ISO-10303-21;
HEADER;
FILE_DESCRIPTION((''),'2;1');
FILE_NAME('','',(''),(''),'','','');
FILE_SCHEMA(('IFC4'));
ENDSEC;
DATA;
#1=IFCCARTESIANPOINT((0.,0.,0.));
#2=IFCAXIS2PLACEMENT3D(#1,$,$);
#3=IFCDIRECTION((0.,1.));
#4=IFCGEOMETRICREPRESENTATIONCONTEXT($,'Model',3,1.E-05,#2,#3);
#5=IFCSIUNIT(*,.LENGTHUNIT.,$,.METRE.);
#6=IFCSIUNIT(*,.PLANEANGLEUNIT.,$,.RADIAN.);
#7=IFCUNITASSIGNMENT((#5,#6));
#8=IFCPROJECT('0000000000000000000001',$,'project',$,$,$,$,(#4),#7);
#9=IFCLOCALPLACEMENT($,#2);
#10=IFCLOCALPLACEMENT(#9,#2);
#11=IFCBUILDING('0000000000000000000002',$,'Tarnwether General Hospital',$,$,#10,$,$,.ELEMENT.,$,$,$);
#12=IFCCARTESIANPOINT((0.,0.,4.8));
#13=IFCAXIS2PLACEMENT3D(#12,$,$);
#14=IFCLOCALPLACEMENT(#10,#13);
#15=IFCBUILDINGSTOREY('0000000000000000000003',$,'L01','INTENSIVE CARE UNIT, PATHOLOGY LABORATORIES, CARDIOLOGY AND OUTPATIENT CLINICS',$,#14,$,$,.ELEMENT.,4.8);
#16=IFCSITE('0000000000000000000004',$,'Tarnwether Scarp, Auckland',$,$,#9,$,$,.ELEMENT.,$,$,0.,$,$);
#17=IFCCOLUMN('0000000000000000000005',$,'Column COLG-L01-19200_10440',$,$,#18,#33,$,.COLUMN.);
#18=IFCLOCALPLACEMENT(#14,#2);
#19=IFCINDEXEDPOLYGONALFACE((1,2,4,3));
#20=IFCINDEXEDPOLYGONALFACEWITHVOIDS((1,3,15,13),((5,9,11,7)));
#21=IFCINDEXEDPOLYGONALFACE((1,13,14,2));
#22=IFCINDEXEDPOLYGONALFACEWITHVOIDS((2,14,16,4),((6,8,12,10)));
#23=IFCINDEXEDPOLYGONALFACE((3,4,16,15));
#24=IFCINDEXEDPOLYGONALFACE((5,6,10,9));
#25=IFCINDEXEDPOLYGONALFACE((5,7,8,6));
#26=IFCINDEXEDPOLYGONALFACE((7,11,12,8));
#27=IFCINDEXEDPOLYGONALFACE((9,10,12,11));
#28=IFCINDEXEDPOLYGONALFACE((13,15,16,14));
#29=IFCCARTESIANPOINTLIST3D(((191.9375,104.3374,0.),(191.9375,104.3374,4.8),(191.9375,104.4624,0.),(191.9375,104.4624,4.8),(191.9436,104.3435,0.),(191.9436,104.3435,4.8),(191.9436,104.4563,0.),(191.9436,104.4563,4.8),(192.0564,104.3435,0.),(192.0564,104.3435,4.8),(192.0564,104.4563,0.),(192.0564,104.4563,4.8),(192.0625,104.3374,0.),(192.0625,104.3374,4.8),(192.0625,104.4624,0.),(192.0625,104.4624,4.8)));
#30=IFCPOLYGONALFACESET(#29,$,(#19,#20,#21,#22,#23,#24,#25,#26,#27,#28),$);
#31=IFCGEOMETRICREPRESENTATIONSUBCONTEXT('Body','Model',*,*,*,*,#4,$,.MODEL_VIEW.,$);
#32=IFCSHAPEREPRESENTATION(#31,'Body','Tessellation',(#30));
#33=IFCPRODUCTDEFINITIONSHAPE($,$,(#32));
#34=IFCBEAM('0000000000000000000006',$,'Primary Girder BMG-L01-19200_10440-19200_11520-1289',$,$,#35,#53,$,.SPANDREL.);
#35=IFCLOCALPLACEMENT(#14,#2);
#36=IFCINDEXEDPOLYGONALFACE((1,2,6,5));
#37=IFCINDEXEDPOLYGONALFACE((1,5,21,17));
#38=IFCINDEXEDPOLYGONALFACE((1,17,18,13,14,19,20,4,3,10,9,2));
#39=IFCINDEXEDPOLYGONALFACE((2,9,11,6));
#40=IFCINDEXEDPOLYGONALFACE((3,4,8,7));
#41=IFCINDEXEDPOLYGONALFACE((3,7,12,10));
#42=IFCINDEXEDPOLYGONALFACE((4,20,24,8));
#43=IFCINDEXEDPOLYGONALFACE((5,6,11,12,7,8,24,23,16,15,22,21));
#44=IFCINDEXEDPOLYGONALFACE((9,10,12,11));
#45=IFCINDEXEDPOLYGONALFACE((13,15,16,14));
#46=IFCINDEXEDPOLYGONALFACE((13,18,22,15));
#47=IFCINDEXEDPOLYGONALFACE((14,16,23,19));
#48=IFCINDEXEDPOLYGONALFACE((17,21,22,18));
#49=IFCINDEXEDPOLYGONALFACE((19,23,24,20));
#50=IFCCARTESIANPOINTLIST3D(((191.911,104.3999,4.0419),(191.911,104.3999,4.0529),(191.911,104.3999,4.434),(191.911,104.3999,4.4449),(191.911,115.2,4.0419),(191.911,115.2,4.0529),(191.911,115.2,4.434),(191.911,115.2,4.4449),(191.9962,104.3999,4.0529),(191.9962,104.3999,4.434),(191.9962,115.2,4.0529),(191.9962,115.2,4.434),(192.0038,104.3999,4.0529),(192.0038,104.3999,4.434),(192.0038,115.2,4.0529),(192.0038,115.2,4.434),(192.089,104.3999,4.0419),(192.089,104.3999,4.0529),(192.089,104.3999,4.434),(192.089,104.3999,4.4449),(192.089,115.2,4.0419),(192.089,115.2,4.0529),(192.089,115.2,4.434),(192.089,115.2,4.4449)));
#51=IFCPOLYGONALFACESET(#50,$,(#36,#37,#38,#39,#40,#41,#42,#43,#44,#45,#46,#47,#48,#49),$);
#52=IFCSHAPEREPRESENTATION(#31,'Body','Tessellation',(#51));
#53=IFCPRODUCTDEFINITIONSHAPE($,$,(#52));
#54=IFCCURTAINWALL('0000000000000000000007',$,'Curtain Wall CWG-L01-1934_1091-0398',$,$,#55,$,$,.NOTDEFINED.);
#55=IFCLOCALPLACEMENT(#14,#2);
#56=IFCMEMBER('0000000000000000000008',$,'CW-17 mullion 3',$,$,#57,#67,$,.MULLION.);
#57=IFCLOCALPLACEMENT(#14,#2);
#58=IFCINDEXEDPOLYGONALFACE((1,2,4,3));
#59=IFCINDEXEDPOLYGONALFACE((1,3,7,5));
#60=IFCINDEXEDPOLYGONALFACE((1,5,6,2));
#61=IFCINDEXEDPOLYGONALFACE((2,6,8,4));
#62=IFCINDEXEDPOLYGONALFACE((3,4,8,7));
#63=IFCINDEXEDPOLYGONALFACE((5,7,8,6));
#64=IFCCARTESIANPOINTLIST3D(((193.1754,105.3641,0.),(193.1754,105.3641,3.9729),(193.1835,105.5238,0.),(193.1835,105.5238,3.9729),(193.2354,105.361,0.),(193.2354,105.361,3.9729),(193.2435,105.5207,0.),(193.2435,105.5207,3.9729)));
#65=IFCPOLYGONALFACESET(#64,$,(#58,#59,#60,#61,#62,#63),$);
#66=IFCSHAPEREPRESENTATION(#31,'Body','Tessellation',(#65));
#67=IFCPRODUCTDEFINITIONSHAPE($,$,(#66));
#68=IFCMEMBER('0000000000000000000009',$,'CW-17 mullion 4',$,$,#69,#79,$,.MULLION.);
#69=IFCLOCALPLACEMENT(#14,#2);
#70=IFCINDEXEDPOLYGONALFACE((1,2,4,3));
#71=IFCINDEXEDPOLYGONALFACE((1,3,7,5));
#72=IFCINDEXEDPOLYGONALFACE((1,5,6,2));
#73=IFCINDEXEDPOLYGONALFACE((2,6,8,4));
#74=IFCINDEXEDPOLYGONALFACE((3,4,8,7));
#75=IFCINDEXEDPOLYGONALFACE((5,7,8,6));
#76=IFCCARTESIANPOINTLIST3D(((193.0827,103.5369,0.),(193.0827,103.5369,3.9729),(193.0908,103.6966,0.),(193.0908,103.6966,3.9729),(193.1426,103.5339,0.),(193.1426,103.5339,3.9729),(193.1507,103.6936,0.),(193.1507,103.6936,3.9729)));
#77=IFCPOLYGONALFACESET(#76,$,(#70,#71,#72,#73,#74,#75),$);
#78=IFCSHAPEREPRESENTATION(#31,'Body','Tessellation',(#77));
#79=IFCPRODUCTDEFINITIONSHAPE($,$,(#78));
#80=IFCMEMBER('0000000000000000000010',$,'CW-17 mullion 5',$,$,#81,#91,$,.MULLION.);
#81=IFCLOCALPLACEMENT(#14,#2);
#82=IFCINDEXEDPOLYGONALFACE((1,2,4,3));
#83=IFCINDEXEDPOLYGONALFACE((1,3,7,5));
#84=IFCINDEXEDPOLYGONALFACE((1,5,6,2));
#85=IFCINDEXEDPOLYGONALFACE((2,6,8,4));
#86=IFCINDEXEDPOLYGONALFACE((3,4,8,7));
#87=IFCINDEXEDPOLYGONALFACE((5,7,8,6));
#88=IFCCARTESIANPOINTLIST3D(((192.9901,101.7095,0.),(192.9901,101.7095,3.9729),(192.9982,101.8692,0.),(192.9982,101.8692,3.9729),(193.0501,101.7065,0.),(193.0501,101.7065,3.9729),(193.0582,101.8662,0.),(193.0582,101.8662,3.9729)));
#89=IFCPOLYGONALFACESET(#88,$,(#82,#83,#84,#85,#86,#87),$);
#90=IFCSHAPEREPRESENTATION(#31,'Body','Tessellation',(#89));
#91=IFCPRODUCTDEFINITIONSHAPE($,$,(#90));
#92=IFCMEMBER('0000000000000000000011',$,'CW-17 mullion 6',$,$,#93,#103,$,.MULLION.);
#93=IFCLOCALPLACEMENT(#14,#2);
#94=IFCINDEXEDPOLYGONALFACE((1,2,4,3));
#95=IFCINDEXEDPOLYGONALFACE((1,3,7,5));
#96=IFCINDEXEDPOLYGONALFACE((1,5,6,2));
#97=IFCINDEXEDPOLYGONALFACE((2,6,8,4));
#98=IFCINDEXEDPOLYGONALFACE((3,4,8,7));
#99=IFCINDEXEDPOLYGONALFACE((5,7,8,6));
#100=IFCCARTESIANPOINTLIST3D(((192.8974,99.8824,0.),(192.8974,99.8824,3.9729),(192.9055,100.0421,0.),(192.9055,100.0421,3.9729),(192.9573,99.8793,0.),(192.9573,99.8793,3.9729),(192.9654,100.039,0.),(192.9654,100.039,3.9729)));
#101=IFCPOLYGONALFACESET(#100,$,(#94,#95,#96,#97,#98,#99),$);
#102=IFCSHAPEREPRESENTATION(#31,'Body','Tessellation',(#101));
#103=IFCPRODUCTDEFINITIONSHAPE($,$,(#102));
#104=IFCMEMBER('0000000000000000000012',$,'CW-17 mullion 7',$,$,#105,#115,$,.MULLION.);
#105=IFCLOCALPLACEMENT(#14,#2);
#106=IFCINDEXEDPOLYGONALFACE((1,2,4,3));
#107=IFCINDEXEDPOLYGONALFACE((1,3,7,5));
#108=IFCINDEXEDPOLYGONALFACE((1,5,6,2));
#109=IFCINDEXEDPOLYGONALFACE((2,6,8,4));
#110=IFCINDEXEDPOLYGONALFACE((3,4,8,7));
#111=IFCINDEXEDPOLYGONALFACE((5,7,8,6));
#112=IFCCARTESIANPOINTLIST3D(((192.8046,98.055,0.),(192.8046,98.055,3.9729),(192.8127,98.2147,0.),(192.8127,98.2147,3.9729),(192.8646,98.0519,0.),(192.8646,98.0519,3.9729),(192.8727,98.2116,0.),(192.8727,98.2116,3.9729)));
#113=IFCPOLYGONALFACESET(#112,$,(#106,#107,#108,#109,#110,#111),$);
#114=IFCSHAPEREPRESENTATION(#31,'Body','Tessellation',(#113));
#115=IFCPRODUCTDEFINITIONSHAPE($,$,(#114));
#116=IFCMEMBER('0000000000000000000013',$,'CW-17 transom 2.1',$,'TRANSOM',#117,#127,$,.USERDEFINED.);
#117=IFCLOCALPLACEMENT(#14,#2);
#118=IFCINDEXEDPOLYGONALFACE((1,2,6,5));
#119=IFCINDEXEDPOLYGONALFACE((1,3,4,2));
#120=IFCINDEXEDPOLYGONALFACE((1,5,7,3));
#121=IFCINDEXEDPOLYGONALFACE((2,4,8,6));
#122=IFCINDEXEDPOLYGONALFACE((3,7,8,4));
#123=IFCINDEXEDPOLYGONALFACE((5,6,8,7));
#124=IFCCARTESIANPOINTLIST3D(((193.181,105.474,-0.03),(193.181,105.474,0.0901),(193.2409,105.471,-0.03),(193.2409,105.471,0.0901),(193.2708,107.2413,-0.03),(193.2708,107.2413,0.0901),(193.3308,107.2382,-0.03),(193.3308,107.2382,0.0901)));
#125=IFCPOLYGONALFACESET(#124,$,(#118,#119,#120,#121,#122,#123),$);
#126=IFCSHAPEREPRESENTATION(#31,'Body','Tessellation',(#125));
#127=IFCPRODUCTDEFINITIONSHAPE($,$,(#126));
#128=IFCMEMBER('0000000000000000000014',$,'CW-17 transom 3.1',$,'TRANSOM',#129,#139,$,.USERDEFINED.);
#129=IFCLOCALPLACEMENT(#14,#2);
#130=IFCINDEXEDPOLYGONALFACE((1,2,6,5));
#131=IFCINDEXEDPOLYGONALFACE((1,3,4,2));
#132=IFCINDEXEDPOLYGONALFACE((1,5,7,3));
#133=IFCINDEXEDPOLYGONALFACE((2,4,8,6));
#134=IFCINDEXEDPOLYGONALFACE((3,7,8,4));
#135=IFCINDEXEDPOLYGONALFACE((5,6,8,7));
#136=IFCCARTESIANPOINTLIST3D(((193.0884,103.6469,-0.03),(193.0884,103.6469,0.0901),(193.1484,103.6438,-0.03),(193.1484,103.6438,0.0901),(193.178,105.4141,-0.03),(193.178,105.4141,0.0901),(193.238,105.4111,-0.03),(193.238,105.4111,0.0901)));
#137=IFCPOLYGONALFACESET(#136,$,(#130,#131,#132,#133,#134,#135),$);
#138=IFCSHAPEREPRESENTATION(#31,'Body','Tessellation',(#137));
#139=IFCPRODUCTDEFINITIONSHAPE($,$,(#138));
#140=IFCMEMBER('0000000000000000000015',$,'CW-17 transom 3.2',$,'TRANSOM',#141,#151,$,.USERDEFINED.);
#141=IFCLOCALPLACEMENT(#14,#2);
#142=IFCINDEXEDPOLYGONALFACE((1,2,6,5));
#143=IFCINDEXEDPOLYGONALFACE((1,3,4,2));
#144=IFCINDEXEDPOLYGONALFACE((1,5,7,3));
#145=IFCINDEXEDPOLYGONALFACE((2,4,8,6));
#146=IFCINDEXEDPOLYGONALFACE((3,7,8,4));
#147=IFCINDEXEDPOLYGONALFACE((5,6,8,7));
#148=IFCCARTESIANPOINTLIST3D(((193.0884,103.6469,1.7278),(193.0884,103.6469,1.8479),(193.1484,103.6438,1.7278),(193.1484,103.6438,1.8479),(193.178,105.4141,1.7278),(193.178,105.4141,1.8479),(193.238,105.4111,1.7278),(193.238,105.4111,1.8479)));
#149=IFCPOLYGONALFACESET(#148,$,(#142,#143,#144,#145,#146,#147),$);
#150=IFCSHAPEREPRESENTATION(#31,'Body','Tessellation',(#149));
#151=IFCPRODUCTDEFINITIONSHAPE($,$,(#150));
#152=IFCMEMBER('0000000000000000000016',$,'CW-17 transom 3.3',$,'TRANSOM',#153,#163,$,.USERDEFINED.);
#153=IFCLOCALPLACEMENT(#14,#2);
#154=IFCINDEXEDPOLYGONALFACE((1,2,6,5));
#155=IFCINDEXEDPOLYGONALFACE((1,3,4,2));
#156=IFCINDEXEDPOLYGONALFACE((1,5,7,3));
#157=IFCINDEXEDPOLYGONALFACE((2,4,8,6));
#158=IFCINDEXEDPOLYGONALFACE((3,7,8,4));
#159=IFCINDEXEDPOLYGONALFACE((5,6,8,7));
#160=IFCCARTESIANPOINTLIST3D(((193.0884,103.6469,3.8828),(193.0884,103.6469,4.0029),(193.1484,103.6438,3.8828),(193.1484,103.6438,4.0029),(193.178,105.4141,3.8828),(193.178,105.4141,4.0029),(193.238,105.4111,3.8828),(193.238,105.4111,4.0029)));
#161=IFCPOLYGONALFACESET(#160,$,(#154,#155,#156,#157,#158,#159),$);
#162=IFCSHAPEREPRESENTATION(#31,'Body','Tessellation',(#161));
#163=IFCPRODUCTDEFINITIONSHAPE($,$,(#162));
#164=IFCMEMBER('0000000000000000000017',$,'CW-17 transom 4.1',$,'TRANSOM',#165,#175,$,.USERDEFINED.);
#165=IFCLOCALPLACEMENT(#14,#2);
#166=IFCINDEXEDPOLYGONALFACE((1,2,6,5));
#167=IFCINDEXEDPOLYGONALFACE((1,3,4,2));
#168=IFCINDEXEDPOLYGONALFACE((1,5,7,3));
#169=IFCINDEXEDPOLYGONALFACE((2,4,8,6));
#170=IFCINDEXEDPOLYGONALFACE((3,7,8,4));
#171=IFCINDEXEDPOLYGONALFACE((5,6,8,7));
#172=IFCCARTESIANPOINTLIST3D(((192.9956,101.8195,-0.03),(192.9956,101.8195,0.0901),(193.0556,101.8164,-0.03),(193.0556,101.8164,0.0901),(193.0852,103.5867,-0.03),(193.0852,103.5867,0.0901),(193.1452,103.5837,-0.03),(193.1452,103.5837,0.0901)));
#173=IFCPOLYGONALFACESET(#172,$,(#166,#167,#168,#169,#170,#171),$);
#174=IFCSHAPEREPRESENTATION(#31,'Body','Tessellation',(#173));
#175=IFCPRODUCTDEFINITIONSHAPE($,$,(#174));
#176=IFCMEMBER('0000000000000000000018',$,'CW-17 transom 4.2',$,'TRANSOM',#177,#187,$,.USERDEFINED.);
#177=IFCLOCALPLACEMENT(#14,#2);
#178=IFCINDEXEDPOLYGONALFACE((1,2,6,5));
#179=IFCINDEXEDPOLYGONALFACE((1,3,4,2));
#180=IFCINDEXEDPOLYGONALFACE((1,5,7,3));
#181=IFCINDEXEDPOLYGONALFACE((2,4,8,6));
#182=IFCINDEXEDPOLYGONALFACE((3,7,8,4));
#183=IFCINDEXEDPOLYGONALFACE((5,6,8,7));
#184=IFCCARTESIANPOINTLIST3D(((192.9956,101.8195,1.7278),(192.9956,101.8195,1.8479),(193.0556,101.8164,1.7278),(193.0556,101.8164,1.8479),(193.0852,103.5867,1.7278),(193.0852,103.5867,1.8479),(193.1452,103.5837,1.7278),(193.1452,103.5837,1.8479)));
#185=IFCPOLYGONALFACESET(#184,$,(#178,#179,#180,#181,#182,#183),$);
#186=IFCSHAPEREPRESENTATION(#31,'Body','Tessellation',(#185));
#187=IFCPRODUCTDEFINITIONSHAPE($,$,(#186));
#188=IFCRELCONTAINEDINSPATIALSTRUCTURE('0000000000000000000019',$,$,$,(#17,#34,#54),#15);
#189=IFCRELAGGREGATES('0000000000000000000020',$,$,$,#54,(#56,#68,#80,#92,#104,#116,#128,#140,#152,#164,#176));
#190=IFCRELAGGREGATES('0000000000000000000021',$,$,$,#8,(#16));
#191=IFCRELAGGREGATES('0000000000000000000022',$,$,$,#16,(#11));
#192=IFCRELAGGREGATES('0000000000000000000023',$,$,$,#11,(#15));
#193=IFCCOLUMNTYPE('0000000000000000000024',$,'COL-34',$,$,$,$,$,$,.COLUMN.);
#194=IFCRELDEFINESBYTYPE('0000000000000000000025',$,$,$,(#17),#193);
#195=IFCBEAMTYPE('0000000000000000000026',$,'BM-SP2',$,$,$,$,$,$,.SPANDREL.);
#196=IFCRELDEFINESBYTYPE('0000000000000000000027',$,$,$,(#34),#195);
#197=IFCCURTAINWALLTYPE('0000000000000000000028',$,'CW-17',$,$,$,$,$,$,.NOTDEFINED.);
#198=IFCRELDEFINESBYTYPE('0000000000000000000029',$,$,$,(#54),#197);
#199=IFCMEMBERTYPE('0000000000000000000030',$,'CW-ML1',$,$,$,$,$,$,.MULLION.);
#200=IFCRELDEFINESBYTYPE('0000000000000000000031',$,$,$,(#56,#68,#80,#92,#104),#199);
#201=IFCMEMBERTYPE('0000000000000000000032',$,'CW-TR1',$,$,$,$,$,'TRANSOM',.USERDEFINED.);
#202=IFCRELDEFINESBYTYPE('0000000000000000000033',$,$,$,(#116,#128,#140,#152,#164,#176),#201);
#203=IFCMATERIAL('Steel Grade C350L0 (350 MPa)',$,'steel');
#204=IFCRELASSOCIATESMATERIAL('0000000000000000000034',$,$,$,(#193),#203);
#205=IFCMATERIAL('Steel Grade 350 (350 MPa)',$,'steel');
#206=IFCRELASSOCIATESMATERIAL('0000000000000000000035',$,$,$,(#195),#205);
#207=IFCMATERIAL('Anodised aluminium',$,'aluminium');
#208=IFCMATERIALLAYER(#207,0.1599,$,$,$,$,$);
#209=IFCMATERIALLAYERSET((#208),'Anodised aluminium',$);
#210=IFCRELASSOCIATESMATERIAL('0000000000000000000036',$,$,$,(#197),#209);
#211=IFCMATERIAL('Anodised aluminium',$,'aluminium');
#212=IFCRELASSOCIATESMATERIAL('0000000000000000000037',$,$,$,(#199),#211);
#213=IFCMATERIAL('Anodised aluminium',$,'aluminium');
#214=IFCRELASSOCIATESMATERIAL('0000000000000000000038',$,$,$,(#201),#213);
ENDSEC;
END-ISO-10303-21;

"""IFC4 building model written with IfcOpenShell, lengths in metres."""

from ifc_helpers import new_model, si_unit, direction, frame, origin, origin_2d, place, context, subcontext, project, spatial, rectangle, hollow_rectangle, i_section, extrude, material, layer, layer_set, material_profile, profile_set, type_object, element, aggregate, save


model = new_model("IFC4")

# Units and contexts
model_context = context("Model", 3, precision=1e-05, world=origin(), true_north=direction((0.0, 1.0)))
body_context = subcontext(model_context, "Body", "Model", "MODEL_VIEW")
ifc_project = project(units=[si_unit("LENGTHUNIT", "METRE"), si_unit("PLANEANGLEUNIT", "RADIAN")], contexts=[model_context])

# Site, building, storey
site_placement = place(None, origin())
site = spatial("IfcSite", under=ifc_project, at=site_placement, Name="Tarnwether Scarp, Auckland", CompositionType="ELEMENT", RefElevation=0.0)
building_placement = place(site_placement, origin())
building = spatial("IfcBuilding", under=site, at=building_placement, Name="Tarnwether General Hospital", CompositionType="ELEMENT")
storey_placement = place(building_placement, frame((0.0, 0.0, 4.8)))
storey = spatial("IfcBuildingStorey", under=building, at=storey_placement, Name="L01", Description="INTENSIVE CARE UNIT, PATHOLOGY LABORATORIES, CARDIOLOGY AND OUTPATIENT CLINICS", CompositionType="ELEMENT", Elevation=4.8)

# Column
ifc_material_1 = material(Name="Steel Grade C350L0 (350 MPa)", Category="steel")
ifc_material_profile_1 = material_profile(ifc_material_1, hollow_rectangle(XDim=0.125, YDim=0.125, WallThickness=0.0061, at=origin_2d()), Name="SHS125x125x6")
ifc_profile_set_1 = profile_set([ifc_material_profile_1], Name="Steel Grade C350L0 (350 MPa)")
column_type = type_object("IfcColumnType", Name="COL-34", PredefinedType="COLUMN", material=ifc_profile_set_1)
column_placement = place(storey_placement, frame((192.0, 104.3999, 0.0), z_axis=(0.0, 0.0, 1.0), x_axis=(1.0, 0.0, 0.0)))
element("IfcColumn", 1, at=column_placement, inside=storey, type_object=column_type, Name="Column COLG-L01-19200_10440", PredefinedType="COLUMN", context=body_context, shape_type="SweptSolid", body=[
    extrude(hollow_rectangle(XDim=0.125, YDim=0.125, WallThickness=0.0061, at=origin_2d()), origin(), (0.0, 0.0, 1.0), 4.8),
])

# Beam
ifc_material_2 = material(Name="Steel Grade 350 (350 MPa)", Category="steel")
ifc_material_profile_2 = material_profile(ifc_material_2, i_section(OverallWidth=0.178, OverallDepth=0.4031, WebThickness=0.0076, FlangeThickness=0.011, at=origin_2d()), Name="410UB53.7")
ifc_profile_set_2 = profile_set([ifc_material_profile_2], Name="Steel Grade 350 (350 MPa)")
beam_type = type_object("IfcBeamType", Name="BM-SP2", PredefinedType="SPANDREL", material=ifc_profile_set_2)
beam_placement = place(storey_placement, frame((192.0, 104.3999, 4.2434), z_axis=(0.0, 1.0, 0.0), x_axis=(-1.0, 0.0, 0.0)))
element("IfcBeam", 2, at=beam_placement, inside=storey, type_object=beam_type, Name="Primary Girder BMG-L01-19200_10440-19200_11520-1289", PredefinedType="SPANDREL", context=body_context, shape_type="SweptSolid", body=[
    extrude(i_section(OverallWidth=0.178, OverallDepth=0.4031, WebThickness=0.0076, FlangeThickness=0.011, at=origin_2d()), origin(), (0.0, 0.0, 1.0), 10.8),
])

# Curtain wall, members
ifc_material_3 = material(Name="Anodised aluminium", Category="aluminium")
ifc_layer_1 = layer(ifc_material_3, 0.1599)
ifc_layer_set_1 = layer_set([ifc_layer_1], Name="Anodised aluminium")
curtain_wall_type = type_object("IfcCurtainWallType", Name="CW-17", PredefinedType="NOTDEFINED", material=ifc_layer_set_1)
curtain_wall_placement = place(storey_placement, origin())
curtain_wall = element("IfcCurtainWall", 3, at=curtain_wall_placement, inside=storey, type_object=curtain_wall_type, Name="Curtain Wall CWG-L01-1934_1091-0398", PredefinedType="NOTDEFINED")
ifc_material_4 = material(Name="Anodised aluminium", Category="aluminium")
ifc_material_profile_3 = material_profile(ifc_material_4, rectangle(XDim=0.0601, YDim=0.1599, at=origin_2d()), Name="ALU-MUL-60x160")
ifc_profile_set_3 = profile_set([ifc_material_profile_3], Name="Anodised aluminium")
member_type_1 = type_object("IfcMemberType", Name="CW-ML1", PredefinedType="MULLION", material=ifc_profile_set_3)
member_1_placement = place(storey_placement, frame((193.2095, 105.4424, 0.0), z_axis=(0.0, 0.0, 1.0), x_axis=(0.998715, -0.050685, 0.0)))
member_1 = element("IfcMember", 4, at=member_1_placement, type_object=member_type_1, Name="CW-17 mullion 3", PredefinedType="MULLION", context=body_context, shape_type="SweptSolid", body=[
    extrude(rectangle(XDim=0.0601, YDim=0.1599, at=origin_2d()), origin(), (0.0, 0.0, 1.0), 3.9729),
])
member_2_placement = place(storey_placement, frame((193.1167, 103.6152, 0.0), z_axis=(0.0, 0.0, 1.0), x_axis=(0.998715, -0.050685, 0.0)))
member_2 = element("IfcMember", 5, at=member_2_placement, type_object=member_type_1, Name="CW-17 mullion 4", PredefinedType="MULLION", context=body_context, shape_type="SweptSolid", body=[
    extrude(rectangle(XDim=0.0601, YDim=0.1599, at=origin_2d()), origin(), (0.0, 0.0, 1.0), 3.9729),
])
member_3_placement = place(storey_placement, frame((193.0242, 101.7878, 0.0), z_axis=(0.0, 0.0, 1.0), x_axis=(0.998715, -0.050685, 0.0)))
member_3 = element("IfcMember", 6, at=member_3_placement, type_object=member_type_1, Name="CW-17 mullion 5", PredefinedType="MULLION", context=body_context, shape_type="SweptSolid", body=[
    extrude(rectangle(XDim=0.0601, YDim=0.1599, at=origin_2d()), origin(), (0.0, 0.0, 1.0), 3.9729),
])
member_4_placement = place(storey_placement, frame((192.9314, 99.9607, 0.0), z_axis=(0.0, 0.0, 1.0), x_axis=(0.998715, -0.050685, 0.0)))
member_4 = element("IfcMember", 7, at=member_4_placement, type_object=member_type_1, Name="CW-17 mullion 6", PredefinedType="MULLION", context=body_context, shape_type="SweptSolid", body=[
    extrude(rectangle(XDim=0.0601, YDim=0.1599, at=origin_2d()), origin(), (0.0, 0.0, 1.0), 3.9729),
])
member_5_placement = place(storey_placement, frame((192.8386, 98.1333, 0.0), z_axis=(0.0, 0.0, 1.0), x_axis=(0.998715, -0.050685, 0.0)))
member_5 = element("IfcMember", 8, at=member_5_placement, type_object=member_type_1, Name="CW-17 mullion 7", PredefinedType="MULLION", context=body_context, shape_type="SweptSolid", body=[
    extrude(rectangle(XDim=0.0601, YDim=0.1599, at=origin_2d()), origin(), (0.0, 0.0, 1.0), 3.9729),
])
ifc_material_5 = material(Name="Anodised aluminium", Category="aluminium")
ifc_material_profile_4 = material_profile(ifc_material_5, rectangle(XDim=0.0601, YDim=0.1201, at=origin_2d()), Name="ALU-TRN-60x120")
ifc_profile_set_4 = profile_set([ifc_material_profile_4], Name="Anodised aluminium")
member_type_2 = type_object("IfcMemberType", Name="CW-TR1", ElementType="TRANSOM", PredefinedType="USERDEFINED", material=ifc_profile_set_4)
member_6_placement = place(storey_placement, frame((193.3008, 107.2397, 0.03), z_axis=(-0.05077, -0.99871, 0.0), x_axis=(0.99871, -0.05077, 0.0)))
member_6 = element("IfcMember", 9, at=member_6_placement, type_object=member_type_2, Name="CW-17 transom 2.1", ObjectType="TRANSOM", PredefinedType="USERDEFINED", context=body_context, shape_type="SweptSolid", body=[
    extrude(rectangle(XDim=0.0601, YDim=0.1201, at=origin_2d()), origin(), (0.0, 0.0, 1.0), 1.7695),
])
member_7_placement = place(storey_placement, frame((193.208, 105.4126, 0.03), z_axis=(-0.050633, -0.998717, 0.0), x_axis=(0.998717, -0.050633, 0.0)))
member_7 = element("IfcMember", 10, at=member_7_placement, type_object=member_type_2, Name="CW-17 transom 3.1", ObjectType="TRANSOM", PredefinedType="USERDEFINED", context=body_context, shape_type="SweptSolid", body=[
    extrude(rectangle(XDim=0.0601, YDim=0.1201, at=origin_2d()), origin(), (0.0, 0.0, 1.0), 1.7695),
])
member_8_placement = place(storey_placement, frame((193.208, 105.4126, 1.7878), z_axis=(-0.050633, -0.998717, 0.0), x_axis=(0.998717, -0.050633, 0.0)))
member_8 = element("IfcMember", 11, at=member_8_placement, type_object=member_type_2, Name="CW-17 transom 3.2", ObjectType="TRANSOM", PredefinedType="USERDEFINED", context=body_context, shape_type="SweptSolid", body=[
    extrude(rectangle(XDim=0.0601, YDim=0.1201, at=origin_2d()), origin(), (0.0, 0.0, 1.0), 1.7695),
])
member_9_placement = place(storey_placement, frame((193.208, 105.4126, 3.9429), z_axis=(-0.050633, -0.998717, 0.0), x_axis=(0.998717, -0.050633, 0.0)))
member_9 = element("IfcMember", 12, at=member_9_placement, type_object=member_type_2, Name="CW-17 transom 3.3", ObjectType="TRANSOM", PredefinedType="USERDEFINED", context=body_context, shape_type="SweptSolid", body=[
    extrude(rectangle(XDim=0.0601, YDim=0.1201, at=origin_2d()), origin(), (0.0, 0.0, 1.0), 1.7695),
])
member_10_placement = place(storey_placement, frame((193.1152, 103.5852, 0.03), z_axis=(-0.050633, -0.998717, 0.0), x_axis=(0.998717, -0.050633, 0.0)))
member_10 = element("IfcMember", 13, at=member_10_placement, type_object=member_type_2, Name="CW-17 transom 4.1", ObjectType="TRANSOM", PredefinedType="USERDEFINED", context=body_context, shape_type="SweptSolid", body=[
    extrude(rectangle(XDim=0.0601, YDim=0.1201, at=origin_2d()), origin(), (0.0, 0.0, 1.0), 1.7695),
])
member_11_placement = place(storey_placement, frame((193.1152, 103.5852, 1.7878), z_axis=(-0.050633, -0.998717, 0.0), x_axis=(0.998717, -0.050633, 0.0)))
member_11 = element("IfcMember", 14, at=member_11_placement, type_object=member_type_2, Name="CW-17 transom 4.2", ObjectType="TRANSOM", PredefinedType="USERDEFINED", context=body_context, shape_type="SweptSolid", body=[
    extrude(rectangle(XDim=0.0601, YDim=0.1201, at=origin_2d()), origin(), (0.0, 0.0, 1.0), 1.7695),
])
aggregate(curtain_wall, [member_1, member_2, member_3, member_4, member_5, member_6, member_7, member_8, member_9, member_10, member_11])

save(model, "model.ifc")
